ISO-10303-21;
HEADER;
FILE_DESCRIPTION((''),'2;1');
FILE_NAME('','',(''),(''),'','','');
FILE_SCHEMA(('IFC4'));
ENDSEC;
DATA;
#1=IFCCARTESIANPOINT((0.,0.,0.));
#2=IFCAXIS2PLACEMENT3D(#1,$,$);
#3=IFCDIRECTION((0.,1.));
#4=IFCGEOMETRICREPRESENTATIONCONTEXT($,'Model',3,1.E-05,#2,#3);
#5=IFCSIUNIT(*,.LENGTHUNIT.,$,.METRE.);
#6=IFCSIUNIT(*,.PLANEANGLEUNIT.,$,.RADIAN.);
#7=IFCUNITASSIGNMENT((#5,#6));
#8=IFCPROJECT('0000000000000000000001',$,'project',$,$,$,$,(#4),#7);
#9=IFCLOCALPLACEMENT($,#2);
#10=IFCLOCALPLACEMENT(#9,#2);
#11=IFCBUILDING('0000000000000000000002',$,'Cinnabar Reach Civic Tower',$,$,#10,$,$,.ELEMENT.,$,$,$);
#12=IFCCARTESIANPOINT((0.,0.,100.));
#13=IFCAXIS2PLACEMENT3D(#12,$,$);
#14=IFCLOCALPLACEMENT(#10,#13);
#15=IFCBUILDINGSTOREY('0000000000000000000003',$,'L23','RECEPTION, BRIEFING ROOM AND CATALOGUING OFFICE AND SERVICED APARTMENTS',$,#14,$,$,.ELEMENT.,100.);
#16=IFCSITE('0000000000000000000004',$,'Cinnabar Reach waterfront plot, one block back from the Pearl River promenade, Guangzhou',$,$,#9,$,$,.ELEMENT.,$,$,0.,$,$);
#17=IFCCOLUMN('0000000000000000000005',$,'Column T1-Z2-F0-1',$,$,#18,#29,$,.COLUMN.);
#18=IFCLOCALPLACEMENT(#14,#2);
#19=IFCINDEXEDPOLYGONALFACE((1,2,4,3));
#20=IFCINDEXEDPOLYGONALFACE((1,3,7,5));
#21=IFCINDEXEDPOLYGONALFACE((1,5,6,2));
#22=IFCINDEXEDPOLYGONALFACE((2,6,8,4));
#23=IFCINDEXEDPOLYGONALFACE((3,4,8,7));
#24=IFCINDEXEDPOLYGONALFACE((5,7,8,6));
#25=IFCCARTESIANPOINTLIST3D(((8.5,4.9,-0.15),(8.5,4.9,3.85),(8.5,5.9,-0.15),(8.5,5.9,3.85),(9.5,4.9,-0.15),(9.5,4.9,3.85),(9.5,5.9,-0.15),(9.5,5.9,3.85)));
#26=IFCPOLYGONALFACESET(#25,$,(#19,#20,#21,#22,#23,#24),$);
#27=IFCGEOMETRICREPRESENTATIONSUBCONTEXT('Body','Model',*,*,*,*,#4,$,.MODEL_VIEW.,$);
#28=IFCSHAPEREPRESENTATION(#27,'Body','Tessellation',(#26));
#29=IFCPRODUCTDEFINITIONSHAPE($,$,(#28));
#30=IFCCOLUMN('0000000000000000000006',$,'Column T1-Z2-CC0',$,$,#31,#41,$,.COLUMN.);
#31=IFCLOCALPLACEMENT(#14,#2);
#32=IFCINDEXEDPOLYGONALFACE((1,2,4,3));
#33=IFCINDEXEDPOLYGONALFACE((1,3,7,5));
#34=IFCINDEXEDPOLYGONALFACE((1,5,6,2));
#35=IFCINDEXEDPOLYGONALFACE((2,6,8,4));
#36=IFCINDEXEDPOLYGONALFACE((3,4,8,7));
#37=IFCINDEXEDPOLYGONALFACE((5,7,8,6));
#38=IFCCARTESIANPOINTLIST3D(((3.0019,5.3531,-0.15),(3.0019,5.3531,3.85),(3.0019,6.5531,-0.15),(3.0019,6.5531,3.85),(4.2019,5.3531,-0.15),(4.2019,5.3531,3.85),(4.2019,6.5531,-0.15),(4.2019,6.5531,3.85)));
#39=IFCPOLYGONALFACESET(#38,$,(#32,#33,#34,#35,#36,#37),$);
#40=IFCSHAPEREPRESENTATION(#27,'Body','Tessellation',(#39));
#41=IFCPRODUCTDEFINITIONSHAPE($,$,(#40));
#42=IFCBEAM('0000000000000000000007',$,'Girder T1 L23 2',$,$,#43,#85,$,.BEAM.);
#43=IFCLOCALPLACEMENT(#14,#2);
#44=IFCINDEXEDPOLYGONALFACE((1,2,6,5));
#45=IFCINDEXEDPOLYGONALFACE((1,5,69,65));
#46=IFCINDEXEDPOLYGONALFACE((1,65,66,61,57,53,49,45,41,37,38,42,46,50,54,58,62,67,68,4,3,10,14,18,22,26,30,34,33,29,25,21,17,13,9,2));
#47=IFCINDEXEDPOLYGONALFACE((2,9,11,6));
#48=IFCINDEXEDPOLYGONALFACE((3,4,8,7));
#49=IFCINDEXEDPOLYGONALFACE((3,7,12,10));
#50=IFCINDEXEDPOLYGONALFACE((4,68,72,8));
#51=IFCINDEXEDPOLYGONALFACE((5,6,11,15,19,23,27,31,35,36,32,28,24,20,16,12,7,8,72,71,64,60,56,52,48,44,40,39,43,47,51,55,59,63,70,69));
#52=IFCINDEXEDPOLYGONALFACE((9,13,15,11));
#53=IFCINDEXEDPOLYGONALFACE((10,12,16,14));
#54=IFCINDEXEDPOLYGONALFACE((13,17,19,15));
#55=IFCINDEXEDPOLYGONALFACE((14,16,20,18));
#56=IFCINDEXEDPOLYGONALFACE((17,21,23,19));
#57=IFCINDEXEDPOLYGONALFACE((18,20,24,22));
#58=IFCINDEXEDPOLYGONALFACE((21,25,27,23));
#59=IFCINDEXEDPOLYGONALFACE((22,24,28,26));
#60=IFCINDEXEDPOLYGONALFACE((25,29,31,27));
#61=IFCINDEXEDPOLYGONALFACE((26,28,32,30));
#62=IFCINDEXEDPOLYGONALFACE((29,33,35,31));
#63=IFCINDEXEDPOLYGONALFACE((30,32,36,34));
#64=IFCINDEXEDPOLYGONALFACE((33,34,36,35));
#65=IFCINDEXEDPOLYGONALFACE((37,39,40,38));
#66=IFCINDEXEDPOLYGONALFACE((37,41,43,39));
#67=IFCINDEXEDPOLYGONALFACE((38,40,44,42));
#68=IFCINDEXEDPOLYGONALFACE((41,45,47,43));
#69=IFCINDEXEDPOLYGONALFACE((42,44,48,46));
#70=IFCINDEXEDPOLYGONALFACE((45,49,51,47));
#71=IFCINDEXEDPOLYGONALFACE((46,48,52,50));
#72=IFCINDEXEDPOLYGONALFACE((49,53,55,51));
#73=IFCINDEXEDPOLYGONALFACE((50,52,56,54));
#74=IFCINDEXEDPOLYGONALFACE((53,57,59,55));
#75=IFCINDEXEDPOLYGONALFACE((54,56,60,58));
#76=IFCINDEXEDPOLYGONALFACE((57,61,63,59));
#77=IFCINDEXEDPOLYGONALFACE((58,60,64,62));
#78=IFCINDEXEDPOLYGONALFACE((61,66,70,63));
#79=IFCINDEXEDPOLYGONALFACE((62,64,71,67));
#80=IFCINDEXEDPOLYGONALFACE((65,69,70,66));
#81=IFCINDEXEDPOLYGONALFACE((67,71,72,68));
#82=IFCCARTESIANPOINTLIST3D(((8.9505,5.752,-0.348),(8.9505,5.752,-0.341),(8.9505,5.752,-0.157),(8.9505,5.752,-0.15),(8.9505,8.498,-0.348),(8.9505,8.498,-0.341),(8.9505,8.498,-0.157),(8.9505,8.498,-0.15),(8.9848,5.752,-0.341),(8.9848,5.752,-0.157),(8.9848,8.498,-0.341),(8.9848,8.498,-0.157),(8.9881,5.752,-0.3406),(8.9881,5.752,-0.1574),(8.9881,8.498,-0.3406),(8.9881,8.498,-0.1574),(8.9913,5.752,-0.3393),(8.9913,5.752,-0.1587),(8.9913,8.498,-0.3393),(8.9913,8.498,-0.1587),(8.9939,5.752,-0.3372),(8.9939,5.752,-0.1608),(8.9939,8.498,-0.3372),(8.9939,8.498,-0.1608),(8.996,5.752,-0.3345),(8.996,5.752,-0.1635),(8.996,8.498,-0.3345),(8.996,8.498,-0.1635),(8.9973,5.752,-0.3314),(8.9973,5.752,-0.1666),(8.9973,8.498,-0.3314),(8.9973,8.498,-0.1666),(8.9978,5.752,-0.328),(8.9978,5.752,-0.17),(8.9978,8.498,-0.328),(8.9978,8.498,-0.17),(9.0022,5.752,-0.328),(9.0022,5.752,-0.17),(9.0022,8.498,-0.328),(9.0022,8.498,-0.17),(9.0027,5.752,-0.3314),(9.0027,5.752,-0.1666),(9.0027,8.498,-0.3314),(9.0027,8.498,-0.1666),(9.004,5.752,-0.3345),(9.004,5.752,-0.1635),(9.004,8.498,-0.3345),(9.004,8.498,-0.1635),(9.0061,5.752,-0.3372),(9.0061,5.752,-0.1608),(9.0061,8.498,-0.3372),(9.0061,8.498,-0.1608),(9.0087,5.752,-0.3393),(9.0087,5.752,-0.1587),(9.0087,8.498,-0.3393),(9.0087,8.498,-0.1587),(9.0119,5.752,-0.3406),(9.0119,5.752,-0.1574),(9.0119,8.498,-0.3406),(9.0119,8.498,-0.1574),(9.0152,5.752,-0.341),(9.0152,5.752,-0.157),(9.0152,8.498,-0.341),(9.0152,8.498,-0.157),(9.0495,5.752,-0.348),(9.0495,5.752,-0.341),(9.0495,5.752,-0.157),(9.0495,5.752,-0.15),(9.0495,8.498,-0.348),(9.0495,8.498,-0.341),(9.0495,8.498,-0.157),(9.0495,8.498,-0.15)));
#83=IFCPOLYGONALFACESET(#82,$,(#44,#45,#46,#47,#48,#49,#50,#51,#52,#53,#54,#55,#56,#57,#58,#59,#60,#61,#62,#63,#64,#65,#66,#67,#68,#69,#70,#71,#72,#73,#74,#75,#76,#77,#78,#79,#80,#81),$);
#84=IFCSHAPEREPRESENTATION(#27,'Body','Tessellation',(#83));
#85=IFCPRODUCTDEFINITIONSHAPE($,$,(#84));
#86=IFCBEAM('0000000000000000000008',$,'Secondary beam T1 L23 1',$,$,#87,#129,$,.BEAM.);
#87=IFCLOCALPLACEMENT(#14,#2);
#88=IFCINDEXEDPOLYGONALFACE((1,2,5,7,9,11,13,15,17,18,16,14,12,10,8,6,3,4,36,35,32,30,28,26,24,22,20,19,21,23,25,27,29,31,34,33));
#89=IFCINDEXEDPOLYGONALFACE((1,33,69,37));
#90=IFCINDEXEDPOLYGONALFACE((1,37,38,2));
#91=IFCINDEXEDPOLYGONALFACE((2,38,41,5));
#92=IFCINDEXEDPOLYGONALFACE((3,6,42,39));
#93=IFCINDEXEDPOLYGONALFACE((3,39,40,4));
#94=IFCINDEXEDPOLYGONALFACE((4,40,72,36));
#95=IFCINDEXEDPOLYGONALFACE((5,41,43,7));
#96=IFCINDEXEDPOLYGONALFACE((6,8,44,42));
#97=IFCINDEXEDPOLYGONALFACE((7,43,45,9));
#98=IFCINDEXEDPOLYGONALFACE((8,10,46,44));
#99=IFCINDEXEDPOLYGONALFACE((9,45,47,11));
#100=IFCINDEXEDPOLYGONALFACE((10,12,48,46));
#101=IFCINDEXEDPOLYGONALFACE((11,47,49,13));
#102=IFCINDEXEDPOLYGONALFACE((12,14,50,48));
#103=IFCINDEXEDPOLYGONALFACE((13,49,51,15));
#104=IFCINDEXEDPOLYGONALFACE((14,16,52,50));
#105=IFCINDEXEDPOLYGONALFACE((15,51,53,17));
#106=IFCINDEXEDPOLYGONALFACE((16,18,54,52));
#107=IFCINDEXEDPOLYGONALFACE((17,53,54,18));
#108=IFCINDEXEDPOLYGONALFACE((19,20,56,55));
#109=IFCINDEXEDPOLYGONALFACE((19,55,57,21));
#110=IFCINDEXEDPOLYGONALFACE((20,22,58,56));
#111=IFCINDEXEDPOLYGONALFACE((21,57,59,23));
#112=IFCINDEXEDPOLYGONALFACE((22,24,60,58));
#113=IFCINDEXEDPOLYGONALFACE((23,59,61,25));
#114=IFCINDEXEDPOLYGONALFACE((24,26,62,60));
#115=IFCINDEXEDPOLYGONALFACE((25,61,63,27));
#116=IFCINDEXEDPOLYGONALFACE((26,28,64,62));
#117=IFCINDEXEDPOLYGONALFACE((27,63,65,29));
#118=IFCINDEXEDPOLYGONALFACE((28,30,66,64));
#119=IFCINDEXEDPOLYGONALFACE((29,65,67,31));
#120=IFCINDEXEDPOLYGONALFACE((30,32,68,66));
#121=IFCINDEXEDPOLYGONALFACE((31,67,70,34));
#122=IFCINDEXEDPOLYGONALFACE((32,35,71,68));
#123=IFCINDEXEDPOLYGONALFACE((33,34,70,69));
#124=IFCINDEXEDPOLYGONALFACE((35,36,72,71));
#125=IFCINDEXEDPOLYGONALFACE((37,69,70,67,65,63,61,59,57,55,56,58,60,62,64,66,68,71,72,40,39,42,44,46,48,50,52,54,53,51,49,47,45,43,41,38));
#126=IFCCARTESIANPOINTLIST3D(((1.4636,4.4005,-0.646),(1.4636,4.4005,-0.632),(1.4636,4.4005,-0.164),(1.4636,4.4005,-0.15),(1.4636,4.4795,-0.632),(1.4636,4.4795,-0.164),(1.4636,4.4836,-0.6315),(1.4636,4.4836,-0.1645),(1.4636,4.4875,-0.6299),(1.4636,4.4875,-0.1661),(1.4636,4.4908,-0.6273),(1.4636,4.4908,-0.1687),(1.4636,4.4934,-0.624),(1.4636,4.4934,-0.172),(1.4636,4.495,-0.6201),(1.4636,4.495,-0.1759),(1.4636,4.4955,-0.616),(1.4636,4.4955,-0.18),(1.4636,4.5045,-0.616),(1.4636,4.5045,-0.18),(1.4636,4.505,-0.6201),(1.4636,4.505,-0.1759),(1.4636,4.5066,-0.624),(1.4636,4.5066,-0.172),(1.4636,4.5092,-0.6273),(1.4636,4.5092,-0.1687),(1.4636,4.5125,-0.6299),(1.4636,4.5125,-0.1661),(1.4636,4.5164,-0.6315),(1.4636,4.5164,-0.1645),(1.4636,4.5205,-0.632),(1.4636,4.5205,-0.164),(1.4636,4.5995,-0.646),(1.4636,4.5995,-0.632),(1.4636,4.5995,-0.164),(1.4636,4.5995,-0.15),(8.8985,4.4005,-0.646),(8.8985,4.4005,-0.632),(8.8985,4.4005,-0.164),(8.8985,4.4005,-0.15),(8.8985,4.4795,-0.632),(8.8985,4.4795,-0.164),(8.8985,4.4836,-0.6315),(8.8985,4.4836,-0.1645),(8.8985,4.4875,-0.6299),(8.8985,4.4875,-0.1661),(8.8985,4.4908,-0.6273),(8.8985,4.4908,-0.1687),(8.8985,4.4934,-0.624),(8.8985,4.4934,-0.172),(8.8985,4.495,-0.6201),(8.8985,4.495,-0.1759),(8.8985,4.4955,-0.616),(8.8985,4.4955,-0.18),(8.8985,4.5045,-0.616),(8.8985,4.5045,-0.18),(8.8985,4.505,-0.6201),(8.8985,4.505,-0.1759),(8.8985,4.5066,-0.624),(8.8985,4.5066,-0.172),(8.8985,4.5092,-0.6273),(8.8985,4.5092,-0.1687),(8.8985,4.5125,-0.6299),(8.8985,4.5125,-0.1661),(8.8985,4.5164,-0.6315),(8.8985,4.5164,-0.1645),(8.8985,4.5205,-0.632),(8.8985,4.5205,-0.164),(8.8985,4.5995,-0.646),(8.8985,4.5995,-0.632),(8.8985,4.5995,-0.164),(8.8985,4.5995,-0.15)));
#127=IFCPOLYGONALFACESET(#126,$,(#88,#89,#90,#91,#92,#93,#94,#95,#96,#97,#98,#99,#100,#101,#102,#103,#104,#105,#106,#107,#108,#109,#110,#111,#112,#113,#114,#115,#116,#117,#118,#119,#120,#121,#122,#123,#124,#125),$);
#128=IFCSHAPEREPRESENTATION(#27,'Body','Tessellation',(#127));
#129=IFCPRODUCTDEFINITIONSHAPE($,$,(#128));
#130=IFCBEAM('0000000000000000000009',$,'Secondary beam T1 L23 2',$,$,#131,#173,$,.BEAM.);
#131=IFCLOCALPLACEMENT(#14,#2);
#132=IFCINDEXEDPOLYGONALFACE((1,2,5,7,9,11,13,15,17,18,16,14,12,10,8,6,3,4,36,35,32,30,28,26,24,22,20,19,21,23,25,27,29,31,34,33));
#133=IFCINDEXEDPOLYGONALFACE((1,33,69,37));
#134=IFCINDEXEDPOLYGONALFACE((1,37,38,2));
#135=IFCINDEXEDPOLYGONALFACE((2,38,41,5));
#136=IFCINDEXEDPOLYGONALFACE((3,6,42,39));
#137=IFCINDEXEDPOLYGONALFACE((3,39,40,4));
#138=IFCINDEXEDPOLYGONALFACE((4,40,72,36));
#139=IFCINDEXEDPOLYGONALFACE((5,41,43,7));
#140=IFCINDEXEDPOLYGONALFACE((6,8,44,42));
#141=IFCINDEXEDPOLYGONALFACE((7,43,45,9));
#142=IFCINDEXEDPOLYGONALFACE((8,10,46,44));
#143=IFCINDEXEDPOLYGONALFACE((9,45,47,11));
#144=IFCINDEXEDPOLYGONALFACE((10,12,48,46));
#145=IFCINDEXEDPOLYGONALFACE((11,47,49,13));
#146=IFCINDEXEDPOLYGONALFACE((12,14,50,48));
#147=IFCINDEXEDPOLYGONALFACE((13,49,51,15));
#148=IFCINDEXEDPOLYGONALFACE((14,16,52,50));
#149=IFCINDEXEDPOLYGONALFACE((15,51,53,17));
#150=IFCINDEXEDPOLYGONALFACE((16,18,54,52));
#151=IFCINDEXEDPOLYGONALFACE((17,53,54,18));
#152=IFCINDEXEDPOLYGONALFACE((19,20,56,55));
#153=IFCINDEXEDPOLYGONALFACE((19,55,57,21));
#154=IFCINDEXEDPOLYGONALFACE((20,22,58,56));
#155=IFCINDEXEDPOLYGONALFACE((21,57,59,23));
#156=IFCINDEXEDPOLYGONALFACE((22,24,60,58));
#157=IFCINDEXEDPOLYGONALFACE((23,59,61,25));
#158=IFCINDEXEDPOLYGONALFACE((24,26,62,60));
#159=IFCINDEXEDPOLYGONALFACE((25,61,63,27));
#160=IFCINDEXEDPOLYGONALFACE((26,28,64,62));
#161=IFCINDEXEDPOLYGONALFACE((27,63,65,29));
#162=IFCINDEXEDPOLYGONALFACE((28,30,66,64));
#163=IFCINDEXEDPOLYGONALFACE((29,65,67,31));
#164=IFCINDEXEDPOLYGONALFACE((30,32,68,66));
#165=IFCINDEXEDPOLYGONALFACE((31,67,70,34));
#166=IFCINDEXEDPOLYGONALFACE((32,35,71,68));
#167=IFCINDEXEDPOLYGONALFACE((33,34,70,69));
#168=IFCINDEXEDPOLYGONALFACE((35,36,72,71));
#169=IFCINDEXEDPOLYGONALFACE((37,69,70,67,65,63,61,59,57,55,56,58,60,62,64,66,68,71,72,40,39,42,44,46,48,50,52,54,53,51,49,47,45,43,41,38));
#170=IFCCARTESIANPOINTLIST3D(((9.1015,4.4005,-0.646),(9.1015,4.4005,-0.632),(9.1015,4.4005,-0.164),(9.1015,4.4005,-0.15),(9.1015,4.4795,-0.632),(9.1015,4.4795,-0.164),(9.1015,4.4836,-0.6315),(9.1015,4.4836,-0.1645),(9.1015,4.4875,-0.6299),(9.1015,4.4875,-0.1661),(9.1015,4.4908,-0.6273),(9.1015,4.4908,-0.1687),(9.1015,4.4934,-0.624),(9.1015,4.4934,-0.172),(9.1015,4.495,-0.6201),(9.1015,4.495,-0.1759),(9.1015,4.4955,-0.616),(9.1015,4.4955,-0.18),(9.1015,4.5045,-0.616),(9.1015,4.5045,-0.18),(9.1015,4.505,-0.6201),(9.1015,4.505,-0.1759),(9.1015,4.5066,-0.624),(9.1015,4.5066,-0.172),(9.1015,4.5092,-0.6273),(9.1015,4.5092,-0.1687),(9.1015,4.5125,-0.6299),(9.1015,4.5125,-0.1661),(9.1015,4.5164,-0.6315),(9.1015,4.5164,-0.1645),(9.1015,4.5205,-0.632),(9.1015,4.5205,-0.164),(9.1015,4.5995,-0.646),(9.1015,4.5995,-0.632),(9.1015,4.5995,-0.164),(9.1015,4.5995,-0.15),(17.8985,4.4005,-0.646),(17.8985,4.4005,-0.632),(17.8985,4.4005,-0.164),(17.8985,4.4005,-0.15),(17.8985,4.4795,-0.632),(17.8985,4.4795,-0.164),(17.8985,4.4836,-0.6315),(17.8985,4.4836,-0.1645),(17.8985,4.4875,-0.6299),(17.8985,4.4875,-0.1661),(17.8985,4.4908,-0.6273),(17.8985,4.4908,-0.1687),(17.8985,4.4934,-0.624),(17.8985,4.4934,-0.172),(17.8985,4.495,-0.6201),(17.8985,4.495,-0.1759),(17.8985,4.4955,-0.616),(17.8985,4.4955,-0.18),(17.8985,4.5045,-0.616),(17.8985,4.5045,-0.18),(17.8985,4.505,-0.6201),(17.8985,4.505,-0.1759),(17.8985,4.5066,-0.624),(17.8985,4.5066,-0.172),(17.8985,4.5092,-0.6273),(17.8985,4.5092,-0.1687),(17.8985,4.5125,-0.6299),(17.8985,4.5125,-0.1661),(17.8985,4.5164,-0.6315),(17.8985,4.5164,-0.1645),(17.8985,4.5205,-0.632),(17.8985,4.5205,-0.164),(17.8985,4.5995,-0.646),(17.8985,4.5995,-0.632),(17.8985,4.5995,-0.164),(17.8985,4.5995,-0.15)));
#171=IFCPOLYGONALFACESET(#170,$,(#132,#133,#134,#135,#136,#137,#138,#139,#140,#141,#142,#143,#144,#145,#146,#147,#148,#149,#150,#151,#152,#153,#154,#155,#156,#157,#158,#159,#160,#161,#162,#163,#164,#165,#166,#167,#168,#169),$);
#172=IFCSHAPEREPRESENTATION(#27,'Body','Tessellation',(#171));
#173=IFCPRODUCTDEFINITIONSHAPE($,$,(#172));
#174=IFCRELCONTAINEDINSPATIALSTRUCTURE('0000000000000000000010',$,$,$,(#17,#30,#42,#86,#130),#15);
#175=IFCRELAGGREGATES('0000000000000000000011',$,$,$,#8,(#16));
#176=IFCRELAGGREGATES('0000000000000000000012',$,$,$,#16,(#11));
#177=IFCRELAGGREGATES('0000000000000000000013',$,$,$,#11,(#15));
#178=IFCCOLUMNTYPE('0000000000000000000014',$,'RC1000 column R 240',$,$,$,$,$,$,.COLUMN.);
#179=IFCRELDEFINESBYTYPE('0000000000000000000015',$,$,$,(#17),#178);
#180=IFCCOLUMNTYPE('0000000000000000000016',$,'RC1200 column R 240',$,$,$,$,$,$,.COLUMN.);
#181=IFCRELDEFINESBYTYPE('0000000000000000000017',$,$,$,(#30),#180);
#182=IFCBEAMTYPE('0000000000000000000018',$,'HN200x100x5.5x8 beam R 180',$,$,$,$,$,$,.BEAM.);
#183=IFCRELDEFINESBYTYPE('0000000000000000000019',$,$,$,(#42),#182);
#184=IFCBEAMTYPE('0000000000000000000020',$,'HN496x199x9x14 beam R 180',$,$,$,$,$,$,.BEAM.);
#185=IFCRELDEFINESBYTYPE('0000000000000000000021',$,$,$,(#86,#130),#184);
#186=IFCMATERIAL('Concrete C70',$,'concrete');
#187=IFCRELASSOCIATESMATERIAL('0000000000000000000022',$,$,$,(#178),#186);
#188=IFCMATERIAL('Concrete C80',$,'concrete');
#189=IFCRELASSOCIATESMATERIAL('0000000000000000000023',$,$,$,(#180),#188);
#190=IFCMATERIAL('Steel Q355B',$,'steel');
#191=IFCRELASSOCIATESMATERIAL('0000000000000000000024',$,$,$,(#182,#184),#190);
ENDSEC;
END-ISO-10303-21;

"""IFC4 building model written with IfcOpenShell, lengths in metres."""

from ifc_helpers import new_model, si_unit, direction, frame, origin, origin_2d, place, context, subcontext, project, spatial, rectangle, i_section, extrude, material, material_profile, profile_set, type_object, element, save


model = new_model("IFC4")

# Units and contexts
model_context = context("Model", 3, precision=1e-05, world=origin(), true_north=direction((0.0, 1.0)))
body_context = subcontext(model_context, "Body", "Model", "MODEL_VIEW")
ifc_project = project(units=[si_unit("LENGTHUNIT", "METRE"), si_unit("PLANEANGLEUNIT", "RADIAN")], contexts=[model_context])

# Site, building, storey
site_placement = place(None, origin())
site = spatial("IfcSite", under=ifc_project, at=site_placement, Name="Cinnabar Reach waterfront plot, one block back from the Pearl River promenade, Guangzhou", CompositionType="ELEMENT", RefElevation=0.0)
building_placement = place(site_placement, origin())
building = spatial("IfcBuilding", under=site, at=building_placement, Name="Cinnabar Reach Civic Tower", CompositionType="ELEMENT")
storey_placement = place(building_placement, frame((0.0, 0.0, 100.0)))
storey = spatial("IfcBuildingStorey", under=building, at=storey_placement, Name="L23", Description="RECEPTION, BRIEFING ROOM AND CATALOGUING OFFICE AND SERVICED APARTMENTS", CompositionType="ELEMENT", Elevation=100.0)

# Columns
ifc_material_1 = material(Name="Concrete C70", Category="concrete")
ifc_material_profile_1 = material_profile(ifc_material_1, rectangle(XDim=1.0, YDim=1.0, at=origin_2d()), Name="RC1000")
ifc_profile_set_1 = profile_set([ifc_material_profile_1], Name="Concrete C70")
column_type_1 = type_object("IfcColumnType", Name="RC1000 column R 240", PredefinedType="COLUMN", material=ifc_profile_set_1)
column_1_placement = place(storey_placement, frame((9.0, 5.4, -0.15), z_axis=(0.0, 0.0, 1.0), x_axis=(1.0, 0.0, 0.0)))
element("IfcColumn", 1, at=column_1_placement, inside=storey, type_object=column_type_1, Name="Column T1-Z2-F0-1", PredefinedType="COLUMN", context=body_context, shape_type="SweptSolid", body=[
    extrude(rectangle(XDim=1.0, YDim=1.0, at=origin_2d()), origin(), (0.0, 0.0, 1.0), 4.0),
])
ifc_material_2 = material(Name="Concrete C80", Category="concrete")
ifc_material_profile_2 = material_profile(ifc_material_2, rectangle(XDim=1.2, YDim=1.2, at=origin_2d()), Name="RC1200")
ifc_profile_set_2 = profile_set([ifc_material_profile_2], Name="Concrete C80")
column_type_2 = type_object("IfcColumnType", Name="RC1200 column R 240", PredefinedType="COLUMN", material=ifc_profile_set_2)
column_2_placement = place(storey_placement, frame((3.6019, 5.9531, -0.15), z_axis=(0.0, 0.0, 1.0), x_axis=(1.0, 0.0, 0.0)))
element("IfcColumn", 2, at=column_2_placement, inside=storey, type_object=column_type_2, Name="Column T1-Z2-CC0", PredefinedType="COLUMN", context=body_context, shape_type="SweptSolid", body=[
    extrude(rectangle(XDim=1.2, YDim=1.2, at=origin_2d()), origin(), (0.0, 0.0, 1.0), 4.0),
])

# Beams
ifc_material_3 = material(Name="Steel Q355B", Category="steel")
ifc_material_profile_3 = material_profile(ifc_material_3, i_section(OverallWidth=0.099, OverallDepth=0.198, WebThickness=0.0045, FlangeThickness=0.007, FilletRadius=0.013, at=origin_2d()), Name="HN200x100x5.5x8")
ifc_profile_set_3 = profile_set([ifc_material_profile_3], Name="Steel Q355B")
beam_type_1 = type_object("IfcBeamType", Name="HN200x100x5.5x8 beam R 180", PredefinedType="BEAM", material=ifc_profile_set_3)
beam_1_placement = place(storey_placement, frame((9.0, 5.752, -0.249), z_axis=(0.0, 1.0, 0.0), x_axis=(-1.0, 0.0, 0.0)))
element("IfcBeam", 3, at=beam_1_placement, inside=storey, type_object=beam_type_1, Name="Girder T1 L23 2", PredefinedType="BEAM", context=body_context, shape_type="SweptSolid", body=[
    extrude(i_section(OverallWidth=0.099, OverallDepth=0.198, WebThickness=0.0045, FlangeThickness=0.007, FilletRadius=0.013, at=origin_2d()), origin(), (0.0, 0.0, 1.0), 2.746),
])
ifc_material_profile_4 = material_profile(ifc_material_3, i_section(OverallWidth=0.199, OverallDepth=0.496, WebThickness=0.009, FlangeThickness=0.014, FilletRadius=0.016, at=origin_2d()), Name="HN496x199x9x14")
ifc_profile_set_4 = profile_set([ifc_material_profile_4], Name="Steel Q355B")
beam_type_2 = type_object("IfcBeamType", Name="HN496x199x9x14 beam R 180", PredefinedType="BEAM", material=ifc_profile_set_4)
beam_2_placement = place(storey_placement, frame((1.4636, 4.5, -0.398), z_axis=(1.0, 0.0, 0.0), x_axis=(0.0, 1.0, 0.0)))
element("IfcBeam", 4, at=beam_2_placement, inside=storey, type_object=beam_type_2, Name="Secondary beam T1 L23 1", PredefinedType="BEAM", context=body_context, shape_type="SweptSolid", body=[
    extrude(i_section(OverallWidth=0.199, OverallDepth=0.496, WebThickness=0.009, FlangeThickness=0.014, FilletRadius=0.016, at=origin_2d()), origin(), (0.0, 0.0, 1.0), 7.4349),
])
beam_3_placement = place(storey_placement, frame((9.1015, 4.5, -0.398), z_axis=(1.0, 0.0, 0.0), x_axis=(0.0, 1.0, 0.0)))
element("IfcBeam", 5, at=beam_3_placement, inside=storey, type_object=beam_type_2, Name="Secondary beam T1 L23 2", PredefinedType="BEAM", context=body_context, shape_type="SweptSolid", body=[
    extrude(i_section(OverallWidth=0.199, OverallDepth=0.496, WebThickness=0.009, FlangeThickness=0.014, FilletRadius=0.016, at=origin_2d()), origin(), (0.0, 0.0, 1.0), 8.797),
])

save(model, "model.ifc")
